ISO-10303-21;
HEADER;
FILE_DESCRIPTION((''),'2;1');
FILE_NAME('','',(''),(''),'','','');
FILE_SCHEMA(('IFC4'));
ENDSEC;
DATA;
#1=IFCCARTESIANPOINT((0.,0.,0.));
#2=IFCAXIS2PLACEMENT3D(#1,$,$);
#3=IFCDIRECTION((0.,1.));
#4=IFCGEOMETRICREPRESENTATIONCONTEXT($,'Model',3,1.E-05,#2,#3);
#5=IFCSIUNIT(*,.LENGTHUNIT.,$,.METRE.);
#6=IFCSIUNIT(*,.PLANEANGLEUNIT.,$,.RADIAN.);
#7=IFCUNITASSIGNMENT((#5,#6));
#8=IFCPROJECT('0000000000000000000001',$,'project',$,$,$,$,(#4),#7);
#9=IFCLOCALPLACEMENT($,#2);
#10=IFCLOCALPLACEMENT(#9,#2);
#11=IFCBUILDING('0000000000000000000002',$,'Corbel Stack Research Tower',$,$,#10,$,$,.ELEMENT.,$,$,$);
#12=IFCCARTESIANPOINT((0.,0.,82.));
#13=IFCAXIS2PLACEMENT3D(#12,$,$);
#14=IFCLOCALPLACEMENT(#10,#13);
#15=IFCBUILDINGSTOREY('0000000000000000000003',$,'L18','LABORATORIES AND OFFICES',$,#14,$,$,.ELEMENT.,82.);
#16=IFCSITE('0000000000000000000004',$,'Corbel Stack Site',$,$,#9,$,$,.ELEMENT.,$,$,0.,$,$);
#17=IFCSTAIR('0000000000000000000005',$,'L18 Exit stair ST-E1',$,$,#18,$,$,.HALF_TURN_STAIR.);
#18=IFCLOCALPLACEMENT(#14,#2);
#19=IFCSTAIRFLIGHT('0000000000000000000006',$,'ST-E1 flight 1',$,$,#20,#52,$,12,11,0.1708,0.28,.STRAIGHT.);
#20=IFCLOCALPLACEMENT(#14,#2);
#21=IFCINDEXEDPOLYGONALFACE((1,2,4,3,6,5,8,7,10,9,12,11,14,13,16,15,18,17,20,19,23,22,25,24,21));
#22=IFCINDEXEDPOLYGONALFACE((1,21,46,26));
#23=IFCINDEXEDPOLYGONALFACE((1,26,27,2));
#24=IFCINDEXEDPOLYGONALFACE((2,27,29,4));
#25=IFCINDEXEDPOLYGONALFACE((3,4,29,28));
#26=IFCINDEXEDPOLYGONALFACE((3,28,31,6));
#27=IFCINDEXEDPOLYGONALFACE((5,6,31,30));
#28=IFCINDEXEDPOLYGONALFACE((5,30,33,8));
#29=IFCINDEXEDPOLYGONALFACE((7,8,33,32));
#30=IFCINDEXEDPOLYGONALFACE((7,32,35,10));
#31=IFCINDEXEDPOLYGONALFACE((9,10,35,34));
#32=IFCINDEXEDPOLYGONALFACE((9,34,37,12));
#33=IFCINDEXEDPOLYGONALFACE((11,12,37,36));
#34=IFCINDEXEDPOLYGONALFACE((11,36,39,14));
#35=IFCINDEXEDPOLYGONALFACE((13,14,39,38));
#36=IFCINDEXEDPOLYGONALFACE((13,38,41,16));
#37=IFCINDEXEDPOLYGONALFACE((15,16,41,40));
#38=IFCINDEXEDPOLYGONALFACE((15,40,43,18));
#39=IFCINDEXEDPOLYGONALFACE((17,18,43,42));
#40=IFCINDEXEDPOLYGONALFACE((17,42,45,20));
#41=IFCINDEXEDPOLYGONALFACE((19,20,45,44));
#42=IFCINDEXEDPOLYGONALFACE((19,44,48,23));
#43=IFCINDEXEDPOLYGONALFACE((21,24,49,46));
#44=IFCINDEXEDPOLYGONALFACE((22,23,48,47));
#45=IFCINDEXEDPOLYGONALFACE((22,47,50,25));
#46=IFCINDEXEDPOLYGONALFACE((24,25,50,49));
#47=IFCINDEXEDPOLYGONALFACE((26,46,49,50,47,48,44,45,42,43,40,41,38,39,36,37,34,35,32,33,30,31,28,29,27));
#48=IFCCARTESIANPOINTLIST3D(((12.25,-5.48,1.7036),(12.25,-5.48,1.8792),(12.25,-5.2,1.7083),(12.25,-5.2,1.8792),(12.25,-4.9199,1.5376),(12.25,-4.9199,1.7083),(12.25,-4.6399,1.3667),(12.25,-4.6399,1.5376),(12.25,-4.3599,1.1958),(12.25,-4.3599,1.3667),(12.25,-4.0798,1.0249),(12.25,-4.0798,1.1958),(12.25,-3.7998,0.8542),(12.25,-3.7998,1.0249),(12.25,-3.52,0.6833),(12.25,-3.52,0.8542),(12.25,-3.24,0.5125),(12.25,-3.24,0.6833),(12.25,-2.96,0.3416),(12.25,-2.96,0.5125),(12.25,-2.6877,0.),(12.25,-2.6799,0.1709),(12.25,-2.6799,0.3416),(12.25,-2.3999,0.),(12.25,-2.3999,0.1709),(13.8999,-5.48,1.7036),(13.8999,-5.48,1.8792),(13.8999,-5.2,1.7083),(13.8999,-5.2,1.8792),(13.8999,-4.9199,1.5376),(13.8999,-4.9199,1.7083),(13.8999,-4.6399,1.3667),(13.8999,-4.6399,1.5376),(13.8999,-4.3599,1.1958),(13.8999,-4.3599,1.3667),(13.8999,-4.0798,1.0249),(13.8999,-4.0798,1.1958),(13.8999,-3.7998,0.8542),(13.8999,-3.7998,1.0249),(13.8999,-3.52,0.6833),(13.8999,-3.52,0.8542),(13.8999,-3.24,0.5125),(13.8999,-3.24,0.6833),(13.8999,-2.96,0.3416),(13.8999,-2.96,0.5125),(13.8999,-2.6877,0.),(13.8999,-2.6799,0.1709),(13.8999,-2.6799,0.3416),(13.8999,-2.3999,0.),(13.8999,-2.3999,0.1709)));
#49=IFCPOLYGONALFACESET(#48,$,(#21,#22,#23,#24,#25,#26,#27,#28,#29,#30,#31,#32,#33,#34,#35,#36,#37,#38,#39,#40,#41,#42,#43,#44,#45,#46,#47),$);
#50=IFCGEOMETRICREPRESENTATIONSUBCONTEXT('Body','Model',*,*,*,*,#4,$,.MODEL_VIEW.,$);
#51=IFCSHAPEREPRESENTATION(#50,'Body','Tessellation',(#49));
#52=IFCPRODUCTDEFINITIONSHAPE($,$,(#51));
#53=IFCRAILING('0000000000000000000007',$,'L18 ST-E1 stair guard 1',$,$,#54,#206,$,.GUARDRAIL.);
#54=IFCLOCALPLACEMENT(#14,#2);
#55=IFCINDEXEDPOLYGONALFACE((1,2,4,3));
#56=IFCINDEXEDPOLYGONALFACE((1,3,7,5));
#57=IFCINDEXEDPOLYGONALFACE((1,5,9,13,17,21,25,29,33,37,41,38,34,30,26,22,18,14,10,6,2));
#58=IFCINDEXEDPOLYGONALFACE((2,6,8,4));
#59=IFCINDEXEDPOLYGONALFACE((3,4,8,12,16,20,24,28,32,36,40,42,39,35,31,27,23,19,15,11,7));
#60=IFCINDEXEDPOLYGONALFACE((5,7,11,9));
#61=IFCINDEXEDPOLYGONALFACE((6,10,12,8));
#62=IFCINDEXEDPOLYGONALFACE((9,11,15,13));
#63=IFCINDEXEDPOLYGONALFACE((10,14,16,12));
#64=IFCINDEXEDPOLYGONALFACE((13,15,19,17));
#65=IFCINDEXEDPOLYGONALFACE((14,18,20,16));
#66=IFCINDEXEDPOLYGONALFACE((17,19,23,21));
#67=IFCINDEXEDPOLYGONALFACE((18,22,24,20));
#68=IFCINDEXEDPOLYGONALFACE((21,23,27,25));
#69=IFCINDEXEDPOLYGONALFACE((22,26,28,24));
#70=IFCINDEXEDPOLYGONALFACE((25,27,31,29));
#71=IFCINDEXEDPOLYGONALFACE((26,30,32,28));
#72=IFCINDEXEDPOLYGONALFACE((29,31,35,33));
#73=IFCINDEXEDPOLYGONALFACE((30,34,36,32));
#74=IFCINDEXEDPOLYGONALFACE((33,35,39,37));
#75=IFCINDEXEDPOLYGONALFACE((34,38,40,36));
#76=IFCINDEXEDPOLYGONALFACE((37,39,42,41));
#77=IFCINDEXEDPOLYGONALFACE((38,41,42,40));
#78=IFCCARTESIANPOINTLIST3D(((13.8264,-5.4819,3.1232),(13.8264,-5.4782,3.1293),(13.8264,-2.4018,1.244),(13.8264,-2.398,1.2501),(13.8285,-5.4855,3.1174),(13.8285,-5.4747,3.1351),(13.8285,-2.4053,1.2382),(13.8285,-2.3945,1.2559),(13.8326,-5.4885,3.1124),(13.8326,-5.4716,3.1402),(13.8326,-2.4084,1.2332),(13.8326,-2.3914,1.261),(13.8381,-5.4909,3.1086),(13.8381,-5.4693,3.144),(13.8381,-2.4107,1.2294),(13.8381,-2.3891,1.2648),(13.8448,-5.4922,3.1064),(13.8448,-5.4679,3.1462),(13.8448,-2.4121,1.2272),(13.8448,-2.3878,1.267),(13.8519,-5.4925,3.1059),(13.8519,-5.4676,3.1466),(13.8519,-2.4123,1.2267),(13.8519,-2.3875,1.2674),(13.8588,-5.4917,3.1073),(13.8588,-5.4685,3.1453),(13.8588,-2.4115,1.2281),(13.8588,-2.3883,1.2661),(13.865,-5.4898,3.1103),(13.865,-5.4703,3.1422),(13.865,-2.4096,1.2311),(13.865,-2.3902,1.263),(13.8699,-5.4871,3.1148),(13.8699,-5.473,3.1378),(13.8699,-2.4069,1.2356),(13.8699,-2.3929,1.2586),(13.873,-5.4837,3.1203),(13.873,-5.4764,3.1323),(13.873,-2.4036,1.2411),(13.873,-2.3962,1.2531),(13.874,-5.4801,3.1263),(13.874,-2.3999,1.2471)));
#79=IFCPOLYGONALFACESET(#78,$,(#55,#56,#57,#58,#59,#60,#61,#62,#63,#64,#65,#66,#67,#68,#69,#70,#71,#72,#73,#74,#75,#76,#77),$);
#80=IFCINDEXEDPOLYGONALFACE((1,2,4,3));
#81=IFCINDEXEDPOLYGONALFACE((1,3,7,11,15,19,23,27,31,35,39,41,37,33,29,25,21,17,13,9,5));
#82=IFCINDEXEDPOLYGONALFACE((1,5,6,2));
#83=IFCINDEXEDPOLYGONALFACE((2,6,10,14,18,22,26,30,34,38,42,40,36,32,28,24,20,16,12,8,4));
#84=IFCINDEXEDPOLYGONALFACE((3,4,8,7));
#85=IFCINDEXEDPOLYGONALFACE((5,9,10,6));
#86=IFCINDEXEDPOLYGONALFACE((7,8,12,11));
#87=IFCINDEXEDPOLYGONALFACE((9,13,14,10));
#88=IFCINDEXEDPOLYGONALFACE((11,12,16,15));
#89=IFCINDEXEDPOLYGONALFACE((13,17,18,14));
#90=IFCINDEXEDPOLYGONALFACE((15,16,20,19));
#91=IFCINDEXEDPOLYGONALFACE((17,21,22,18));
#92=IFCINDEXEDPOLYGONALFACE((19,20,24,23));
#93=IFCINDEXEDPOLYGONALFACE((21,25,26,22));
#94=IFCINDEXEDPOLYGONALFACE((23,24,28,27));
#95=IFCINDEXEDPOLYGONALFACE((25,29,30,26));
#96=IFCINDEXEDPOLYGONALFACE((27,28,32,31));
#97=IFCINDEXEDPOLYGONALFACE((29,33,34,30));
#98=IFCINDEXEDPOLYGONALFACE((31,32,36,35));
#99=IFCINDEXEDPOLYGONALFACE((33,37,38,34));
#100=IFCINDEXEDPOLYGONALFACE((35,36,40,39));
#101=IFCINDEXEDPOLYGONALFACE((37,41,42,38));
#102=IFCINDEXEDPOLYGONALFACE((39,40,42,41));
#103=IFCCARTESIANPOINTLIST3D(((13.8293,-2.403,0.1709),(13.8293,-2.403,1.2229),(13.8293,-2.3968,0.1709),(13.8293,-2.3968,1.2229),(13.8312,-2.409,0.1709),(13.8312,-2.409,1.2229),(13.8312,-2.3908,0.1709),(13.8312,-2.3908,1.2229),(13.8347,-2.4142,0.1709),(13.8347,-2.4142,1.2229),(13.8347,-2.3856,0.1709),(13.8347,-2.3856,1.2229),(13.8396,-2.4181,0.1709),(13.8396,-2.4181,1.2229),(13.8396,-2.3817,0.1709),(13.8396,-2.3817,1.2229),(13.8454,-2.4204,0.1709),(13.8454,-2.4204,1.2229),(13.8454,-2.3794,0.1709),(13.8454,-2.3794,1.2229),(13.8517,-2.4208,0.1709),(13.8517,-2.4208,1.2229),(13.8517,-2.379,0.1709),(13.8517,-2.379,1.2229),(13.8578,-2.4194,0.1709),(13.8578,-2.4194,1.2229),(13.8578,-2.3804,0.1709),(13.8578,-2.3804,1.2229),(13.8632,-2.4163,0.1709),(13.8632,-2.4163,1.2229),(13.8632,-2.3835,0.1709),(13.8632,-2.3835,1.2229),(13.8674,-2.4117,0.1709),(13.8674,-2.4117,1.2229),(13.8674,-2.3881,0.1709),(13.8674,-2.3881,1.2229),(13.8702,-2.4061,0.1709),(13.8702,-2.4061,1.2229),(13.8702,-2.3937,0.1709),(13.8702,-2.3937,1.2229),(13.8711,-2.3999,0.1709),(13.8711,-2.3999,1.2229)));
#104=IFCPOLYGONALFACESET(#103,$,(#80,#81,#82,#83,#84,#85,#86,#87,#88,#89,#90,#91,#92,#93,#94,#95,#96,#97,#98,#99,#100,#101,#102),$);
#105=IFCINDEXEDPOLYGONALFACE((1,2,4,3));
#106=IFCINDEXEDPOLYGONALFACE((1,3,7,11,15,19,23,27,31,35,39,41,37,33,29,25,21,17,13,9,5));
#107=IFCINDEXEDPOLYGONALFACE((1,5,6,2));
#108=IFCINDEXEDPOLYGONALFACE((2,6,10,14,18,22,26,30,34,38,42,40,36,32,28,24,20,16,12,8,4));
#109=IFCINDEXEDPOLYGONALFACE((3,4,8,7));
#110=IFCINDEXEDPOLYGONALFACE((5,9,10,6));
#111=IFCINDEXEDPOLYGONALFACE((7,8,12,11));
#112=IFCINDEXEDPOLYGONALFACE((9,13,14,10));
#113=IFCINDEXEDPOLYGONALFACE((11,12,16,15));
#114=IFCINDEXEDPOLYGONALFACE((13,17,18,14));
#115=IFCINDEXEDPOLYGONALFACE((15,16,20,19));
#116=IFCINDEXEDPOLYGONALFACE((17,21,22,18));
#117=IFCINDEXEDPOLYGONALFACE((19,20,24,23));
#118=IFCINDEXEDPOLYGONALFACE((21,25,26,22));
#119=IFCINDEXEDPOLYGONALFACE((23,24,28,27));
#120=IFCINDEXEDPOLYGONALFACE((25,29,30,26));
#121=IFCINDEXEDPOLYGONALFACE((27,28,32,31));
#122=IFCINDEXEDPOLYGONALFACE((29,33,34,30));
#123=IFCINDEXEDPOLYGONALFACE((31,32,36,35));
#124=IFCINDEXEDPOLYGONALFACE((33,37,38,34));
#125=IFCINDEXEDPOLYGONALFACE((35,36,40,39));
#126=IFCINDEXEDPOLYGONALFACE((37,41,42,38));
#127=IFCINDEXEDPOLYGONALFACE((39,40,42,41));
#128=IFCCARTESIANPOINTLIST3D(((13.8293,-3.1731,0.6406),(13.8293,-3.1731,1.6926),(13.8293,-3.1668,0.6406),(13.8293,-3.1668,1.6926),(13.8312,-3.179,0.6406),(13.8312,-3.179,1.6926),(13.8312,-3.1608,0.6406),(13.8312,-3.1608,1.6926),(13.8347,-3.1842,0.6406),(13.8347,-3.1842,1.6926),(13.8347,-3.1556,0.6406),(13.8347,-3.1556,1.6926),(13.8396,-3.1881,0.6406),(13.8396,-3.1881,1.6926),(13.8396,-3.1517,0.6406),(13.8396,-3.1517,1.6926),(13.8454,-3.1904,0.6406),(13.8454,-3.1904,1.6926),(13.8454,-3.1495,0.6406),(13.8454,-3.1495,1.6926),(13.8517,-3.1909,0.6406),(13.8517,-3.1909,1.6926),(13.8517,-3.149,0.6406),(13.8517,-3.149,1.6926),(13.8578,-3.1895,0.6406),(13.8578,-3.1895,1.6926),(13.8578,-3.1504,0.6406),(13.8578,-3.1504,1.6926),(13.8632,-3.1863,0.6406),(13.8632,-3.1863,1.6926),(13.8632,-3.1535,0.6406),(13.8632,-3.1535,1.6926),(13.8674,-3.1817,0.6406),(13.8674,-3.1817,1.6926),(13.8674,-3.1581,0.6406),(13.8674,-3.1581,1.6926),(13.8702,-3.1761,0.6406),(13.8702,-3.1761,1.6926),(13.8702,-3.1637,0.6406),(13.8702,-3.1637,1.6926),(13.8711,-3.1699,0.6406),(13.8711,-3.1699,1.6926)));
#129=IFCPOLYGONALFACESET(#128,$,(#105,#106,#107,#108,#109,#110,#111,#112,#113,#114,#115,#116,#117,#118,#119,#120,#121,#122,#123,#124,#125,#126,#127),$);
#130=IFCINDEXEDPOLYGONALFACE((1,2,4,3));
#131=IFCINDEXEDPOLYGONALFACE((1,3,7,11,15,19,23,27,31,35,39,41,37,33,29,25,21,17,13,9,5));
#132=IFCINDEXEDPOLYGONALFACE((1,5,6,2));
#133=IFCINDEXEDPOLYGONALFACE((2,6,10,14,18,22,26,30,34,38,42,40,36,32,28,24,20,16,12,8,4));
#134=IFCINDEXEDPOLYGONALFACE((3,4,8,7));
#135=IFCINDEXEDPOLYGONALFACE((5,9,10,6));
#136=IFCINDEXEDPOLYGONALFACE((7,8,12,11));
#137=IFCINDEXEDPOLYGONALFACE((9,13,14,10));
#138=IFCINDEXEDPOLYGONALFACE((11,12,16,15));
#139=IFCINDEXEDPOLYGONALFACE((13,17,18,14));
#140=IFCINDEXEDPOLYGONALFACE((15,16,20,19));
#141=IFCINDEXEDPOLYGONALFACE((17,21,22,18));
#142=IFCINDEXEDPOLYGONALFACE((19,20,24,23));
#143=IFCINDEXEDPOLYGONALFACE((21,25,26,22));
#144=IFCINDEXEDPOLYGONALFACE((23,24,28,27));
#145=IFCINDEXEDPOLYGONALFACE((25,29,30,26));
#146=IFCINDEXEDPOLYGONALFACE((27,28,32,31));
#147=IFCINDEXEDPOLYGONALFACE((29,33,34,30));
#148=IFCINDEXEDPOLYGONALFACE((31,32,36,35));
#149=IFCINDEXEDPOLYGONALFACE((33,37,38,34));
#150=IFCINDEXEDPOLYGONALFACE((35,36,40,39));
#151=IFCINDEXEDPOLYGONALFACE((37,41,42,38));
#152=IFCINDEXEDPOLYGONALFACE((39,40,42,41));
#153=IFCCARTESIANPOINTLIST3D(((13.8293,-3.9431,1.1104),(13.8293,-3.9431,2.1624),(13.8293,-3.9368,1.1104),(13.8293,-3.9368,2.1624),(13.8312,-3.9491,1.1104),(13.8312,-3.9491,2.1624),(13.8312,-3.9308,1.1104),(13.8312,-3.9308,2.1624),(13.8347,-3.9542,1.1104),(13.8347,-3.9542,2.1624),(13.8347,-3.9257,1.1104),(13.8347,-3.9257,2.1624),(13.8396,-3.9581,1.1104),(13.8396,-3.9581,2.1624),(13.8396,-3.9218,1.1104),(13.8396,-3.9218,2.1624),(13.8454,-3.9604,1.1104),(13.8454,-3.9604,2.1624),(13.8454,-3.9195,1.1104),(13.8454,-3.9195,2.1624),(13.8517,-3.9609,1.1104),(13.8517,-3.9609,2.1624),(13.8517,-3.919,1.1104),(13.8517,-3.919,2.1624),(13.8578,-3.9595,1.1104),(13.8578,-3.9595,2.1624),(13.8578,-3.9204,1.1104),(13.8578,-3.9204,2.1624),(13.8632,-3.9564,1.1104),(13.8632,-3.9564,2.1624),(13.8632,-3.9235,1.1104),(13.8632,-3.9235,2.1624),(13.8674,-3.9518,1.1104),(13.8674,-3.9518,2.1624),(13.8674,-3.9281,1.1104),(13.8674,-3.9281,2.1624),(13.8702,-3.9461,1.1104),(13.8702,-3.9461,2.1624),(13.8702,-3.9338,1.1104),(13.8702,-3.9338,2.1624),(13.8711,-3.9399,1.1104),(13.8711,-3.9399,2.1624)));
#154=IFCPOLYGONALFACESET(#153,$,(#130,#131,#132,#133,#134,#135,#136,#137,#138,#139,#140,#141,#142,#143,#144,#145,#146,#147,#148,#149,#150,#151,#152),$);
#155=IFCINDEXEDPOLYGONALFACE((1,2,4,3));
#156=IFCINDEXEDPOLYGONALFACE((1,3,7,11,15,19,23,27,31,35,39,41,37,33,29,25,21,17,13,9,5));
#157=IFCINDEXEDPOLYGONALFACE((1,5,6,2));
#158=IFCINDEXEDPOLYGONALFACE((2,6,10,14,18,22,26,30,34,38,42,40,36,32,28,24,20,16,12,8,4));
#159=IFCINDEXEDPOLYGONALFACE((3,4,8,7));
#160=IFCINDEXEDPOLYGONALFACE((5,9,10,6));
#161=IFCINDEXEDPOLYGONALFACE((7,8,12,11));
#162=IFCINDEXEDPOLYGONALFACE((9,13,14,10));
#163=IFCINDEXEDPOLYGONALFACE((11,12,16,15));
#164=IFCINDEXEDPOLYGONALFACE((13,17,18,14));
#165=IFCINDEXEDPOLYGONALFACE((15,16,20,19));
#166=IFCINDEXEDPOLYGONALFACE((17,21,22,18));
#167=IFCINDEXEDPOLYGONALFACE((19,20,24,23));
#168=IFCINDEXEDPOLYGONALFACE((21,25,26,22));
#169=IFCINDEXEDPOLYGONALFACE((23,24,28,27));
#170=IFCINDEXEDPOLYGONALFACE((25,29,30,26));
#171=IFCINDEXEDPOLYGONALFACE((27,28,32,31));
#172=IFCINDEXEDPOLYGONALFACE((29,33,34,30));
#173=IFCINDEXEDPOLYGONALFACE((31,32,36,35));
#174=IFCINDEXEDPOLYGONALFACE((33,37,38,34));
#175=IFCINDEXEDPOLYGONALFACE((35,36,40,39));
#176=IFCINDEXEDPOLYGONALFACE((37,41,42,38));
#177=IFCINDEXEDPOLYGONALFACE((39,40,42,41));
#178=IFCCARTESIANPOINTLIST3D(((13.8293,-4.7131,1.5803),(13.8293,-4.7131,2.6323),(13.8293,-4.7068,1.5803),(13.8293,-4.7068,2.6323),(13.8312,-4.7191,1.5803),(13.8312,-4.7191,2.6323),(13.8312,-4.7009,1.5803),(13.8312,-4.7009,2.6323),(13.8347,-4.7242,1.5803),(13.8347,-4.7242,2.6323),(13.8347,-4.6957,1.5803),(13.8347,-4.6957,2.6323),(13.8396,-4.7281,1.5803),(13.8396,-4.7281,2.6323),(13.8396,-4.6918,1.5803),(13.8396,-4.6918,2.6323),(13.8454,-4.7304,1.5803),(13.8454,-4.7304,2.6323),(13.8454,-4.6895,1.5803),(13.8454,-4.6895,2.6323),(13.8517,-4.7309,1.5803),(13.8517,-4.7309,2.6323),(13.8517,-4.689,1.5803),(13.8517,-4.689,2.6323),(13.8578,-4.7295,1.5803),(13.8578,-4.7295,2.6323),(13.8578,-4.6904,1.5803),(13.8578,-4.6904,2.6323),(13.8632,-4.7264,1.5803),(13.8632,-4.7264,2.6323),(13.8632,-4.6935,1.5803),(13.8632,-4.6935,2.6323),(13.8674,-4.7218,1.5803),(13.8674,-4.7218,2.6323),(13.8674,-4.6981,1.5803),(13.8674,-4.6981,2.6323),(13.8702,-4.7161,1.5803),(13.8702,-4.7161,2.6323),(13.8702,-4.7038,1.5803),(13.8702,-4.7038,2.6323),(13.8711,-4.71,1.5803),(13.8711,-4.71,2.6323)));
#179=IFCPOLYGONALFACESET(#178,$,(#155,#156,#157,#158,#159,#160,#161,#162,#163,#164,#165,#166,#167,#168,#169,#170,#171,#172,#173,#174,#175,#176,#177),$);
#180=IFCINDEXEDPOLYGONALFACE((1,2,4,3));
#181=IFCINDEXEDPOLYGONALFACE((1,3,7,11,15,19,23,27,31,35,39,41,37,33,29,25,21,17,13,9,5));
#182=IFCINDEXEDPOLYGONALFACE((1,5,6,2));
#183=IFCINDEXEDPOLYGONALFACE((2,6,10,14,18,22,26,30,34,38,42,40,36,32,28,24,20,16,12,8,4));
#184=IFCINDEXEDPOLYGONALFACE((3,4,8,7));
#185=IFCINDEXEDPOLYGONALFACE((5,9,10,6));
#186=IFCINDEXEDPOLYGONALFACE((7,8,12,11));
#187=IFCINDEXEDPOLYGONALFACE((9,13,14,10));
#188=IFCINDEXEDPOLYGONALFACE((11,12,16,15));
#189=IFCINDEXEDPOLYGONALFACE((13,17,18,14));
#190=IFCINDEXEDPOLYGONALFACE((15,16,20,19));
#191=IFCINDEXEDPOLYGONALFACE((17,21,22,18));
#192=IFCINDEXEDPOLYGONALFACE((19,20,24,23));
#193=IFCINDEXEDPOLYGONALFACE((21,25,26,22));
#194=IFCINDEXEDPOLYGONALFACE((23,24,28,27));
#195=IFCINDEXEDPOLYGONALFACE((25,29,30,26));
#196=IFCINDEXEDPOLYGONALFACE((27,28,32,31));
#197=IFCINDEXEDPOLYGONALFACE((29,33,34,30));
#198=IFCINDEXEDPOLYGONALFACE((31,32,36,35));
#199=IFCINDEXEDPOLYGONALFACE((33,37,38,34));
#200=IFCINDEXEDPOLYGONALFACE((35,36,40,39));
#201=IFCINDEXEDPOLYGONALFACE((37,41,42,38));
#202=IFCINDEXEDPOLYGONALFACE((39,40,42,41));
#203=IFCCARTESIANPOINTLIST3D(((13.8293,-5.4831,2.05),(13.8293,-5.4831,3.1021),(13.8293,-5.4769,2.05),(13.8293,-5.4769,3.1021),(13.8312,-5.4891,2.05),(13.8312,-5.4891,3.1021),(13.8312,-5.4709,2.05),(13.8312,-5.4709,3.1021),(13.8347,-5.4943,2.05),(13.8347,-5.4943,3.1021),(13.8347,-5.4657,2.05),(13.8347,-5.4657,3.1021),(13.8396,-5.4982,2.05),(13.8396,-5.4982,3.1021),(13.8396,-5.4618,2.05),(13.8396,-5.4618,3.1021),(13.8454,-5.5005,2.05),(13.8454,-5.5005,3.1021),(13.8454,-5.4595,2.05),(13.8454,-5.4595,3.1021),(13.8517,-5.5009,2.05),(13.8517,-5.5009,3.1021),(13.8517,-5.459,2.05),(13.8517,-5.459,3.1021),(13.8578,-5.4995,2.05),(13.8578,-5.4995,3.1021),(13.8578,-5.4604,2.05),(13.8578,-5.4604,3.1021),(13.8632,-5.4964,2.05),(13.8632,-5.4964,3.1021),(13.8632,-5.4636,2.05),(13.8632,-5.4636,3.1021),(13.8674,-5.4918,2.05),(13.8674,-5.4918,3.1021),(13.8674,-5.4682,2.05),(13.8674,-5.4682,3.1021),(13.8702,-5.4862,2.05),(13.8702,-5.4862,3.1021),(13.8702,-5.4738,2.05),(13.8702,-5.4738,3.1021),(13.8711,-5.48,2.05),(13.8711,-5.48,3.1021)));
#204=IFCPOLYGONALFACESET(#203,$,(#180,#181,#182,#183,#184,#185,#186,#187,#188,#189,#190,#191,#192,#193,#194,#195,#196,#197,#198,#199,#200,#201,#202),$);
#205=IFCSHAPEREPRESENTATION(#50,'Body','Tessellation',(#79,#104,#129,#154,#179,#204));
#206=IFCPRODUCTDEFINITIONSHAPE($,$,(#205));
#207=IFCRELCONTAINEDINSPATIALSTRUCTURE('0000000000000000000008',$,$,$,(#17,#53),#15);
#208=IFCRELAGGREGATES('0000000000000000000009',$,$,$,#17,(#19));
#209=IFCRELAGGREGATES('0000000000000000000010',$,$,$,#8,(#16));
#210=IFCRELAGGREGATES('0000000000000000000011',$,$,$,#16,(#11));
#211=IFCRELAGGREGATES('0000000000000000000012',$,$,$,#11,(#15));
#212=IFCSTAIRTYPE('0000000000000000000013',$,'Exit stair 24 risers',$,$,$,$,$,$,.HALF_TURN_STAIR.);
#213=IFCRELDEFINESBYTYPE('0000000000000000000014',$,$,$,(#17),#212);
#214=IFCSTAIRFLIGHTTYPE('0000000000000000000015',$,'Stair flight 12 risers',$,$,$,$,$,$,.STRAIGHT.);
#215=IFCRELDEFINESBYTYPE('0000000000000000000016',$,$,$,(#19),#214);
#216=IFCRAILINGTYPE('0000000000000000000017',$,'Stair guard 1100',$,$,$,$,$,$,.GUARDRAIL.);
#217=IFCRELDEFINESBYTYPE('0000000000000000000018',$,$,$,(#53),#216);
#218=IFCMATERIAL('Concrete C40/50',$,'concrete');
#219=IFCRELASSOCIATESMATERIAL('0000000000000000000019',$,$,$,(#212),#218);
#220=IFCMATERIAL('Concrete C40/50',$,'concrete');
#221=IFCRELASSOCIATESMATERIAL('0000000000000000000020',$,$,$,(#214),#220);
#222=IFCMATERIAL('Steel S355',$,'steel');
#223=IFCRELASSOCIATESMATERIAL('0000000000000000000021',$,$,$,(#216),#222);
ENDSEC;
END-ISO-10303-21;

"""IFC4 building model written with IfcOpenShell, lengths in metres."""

from ifc_helpers import new_model, si_unit, direction, frame, origin, origin_2d, place, context, subcontext, project, spatial, polyline, circle, outline, extrude, material, type_object, element, aggregate, save


model = new_model("IFC4")

# Units and contexts
model_context = context("Model", 3, precision=1e-05, world=origin(), true_north=direction((0.0, 1.0)))
body_context = subcontext(model_context, "Body", "Model", "MODEL_VIEW")
ifc_project = project(units=[si_unit("LENGTHUNIT", "METRE"), si_unit("PLANEANGLEUNIT", "RADIAN")], contexts=[model_context])

# Site, building, storey
site_placement = place(None, origin())
site = spatial("IfcSite", under=ifc_project, at=site_placement, Name="Corbel Stack Site", CompositionType="ELEMENT", RefElevation=0.0)
building_placement = place(site_placement, origin())
building = spatial("IfcBuilding", under=site, at=building_placement, Name="Corbel Stack Research Tower", CompositionType="ELEMENT")
storey_placement = place(building_placement, frame((0.0, 0.0, 82.0)))
storey = spatial("IfcBuildingStorey", under=building, at=storey_placement, Name="L18", Description="LABORATORIES AND OFFICES", CompositionType="ELEMENT", Elevation=82.0)

# Stair, stair flight
ifc_material_1 = material(Name="Concrete C40/50", Category="concrete")
stair_type = type_object("IfcStairType", Name="Exit stair 24 risers", PredefinedType="HALF_TURN_STAIR", material=ifc_material_1)
stair_placement = place(storey_placement, origin())
stair = element("IfcStair", 1, at=stair_placement, inside=storey, type_object=stair_type, Name="L18 Exit stair ST-E1", PredefinedType="HALF_TURN_STAIR")
ifc_material_2 = material(Name="Concrete C40/50", Category="concrete")
stair_flight_type = type_object("IfcStairFlightType", Name="Stair flight 12 risers", PredefinedType="STRAIGHT", material=ifc_material_2)
stair_flight_placement = place(storey_placement, frame((13.075, -2.3999, 0.0), z_axis=(0.0, 0.0, 1.0), x_axis=(0.0, -1.0, 0.0)))
stair_flight = element("IfcStairFlight", 2, at=stair_flight_placement, type_object=stair_flight_type, Name="ST-E1 flight 1", NumberOfRisers=12, NumberOfTreads=11, PredefinedType="STRAIGHT", RiserHeight=0.1708, TreadLength=0.28, context=body_context, shape_type="SweptSolid", body=[
    extrude(outline(polyline([(0.0, 0.0), (0.0, 0.1709), (0.28, 0.1709), (0.28, 0.3416), (0.5601, 0.3416), (0.5601, 0.5125), (0.8401, 0.5125), (0.8401, 0.6833), (1.1201, 0.6833), (1.1201, 0.8542), (1.3999, 0.8542), (1.3999, 1.0249), (1.6799, 1.0249), (1.6799, 1.1958), (1.96, 1.1958), (1.96, 1.3667), (2.24, 1.3667), (2.24, 1.5376), (2.52, 1.5376), (2.52, 1.7083), (2.8, 1.7083), (2.8, 1.8792), (3.0801, 1.8792), (3.0801, 2.05), (3.0801, 1.7036), (0.2878, 0.0), (0.0, 0.0)])), frame((0.0, 0.825, 0.0), z_axis=(0.0, -1.0, 0.0), x_axis=(1.0, 0.0, 0.0)), (0.0, 0.0, 1.0), 1.6499),
])
aggregate(stair, [stair_flight])

# Railing
ifc_material_3 = material(Name="Steel S355", Category="steel")
railing_type_1 = type_object("IfcRailingType", Name="Stair guard 1100", PredefinedType="GUARDRAIL", material=ifc_material_3)
railing_1_placement = place(storey_placement, frame((13.8501, -2.3999, 0.1709)))
element("IfcRailing", 3, at=railing_1_placement, inside=storey, type_object=railing_type_1, Name="L18 ST-E1 stair guard 1", PredefinedType="GUARDRAIL", context=body_context, shape_type="SweptSolid", body=[
    extrude(circle(Radius=0.0239, at=origin_2d()), frame((0.0, 0.0, 1.0762), z_axis=(0.0, -0.853666, 0.52082), x_axis=(1.0, 0.0, 0.0)), (0.0, 0.0, 1.0), 3.6082),
    extrude(circle(Radius=0.021, at=origin_2d()), origin(), (0.0, 0.0, 1.0), 1.052),
    extrude(circle(Radius=0.021, at=origin_2d()), frame((0.0, -0.77, 0.4697)), (0.0, 0.0, 1.0), 1.052),
    extrude(circle(Radius=0.021, at=origin_2d()), frame((0.0, -1.54, 0.9395)), (0.0, 0.0, 1.0), 1.052),
    extrude(circle(Radius=0.021, at=origin_2d()), frame((0.0, -2.3101, 1.4094)), (0.0, 0.0, 1.0), 1.052),
    extrude(circle(Radius=0.021, at=origin_2d()), frame((0.0, -3.0801, 1.8792)), (0.0, 0.0, 1.0), 1.052),
])

save(model, "model.ifc")
